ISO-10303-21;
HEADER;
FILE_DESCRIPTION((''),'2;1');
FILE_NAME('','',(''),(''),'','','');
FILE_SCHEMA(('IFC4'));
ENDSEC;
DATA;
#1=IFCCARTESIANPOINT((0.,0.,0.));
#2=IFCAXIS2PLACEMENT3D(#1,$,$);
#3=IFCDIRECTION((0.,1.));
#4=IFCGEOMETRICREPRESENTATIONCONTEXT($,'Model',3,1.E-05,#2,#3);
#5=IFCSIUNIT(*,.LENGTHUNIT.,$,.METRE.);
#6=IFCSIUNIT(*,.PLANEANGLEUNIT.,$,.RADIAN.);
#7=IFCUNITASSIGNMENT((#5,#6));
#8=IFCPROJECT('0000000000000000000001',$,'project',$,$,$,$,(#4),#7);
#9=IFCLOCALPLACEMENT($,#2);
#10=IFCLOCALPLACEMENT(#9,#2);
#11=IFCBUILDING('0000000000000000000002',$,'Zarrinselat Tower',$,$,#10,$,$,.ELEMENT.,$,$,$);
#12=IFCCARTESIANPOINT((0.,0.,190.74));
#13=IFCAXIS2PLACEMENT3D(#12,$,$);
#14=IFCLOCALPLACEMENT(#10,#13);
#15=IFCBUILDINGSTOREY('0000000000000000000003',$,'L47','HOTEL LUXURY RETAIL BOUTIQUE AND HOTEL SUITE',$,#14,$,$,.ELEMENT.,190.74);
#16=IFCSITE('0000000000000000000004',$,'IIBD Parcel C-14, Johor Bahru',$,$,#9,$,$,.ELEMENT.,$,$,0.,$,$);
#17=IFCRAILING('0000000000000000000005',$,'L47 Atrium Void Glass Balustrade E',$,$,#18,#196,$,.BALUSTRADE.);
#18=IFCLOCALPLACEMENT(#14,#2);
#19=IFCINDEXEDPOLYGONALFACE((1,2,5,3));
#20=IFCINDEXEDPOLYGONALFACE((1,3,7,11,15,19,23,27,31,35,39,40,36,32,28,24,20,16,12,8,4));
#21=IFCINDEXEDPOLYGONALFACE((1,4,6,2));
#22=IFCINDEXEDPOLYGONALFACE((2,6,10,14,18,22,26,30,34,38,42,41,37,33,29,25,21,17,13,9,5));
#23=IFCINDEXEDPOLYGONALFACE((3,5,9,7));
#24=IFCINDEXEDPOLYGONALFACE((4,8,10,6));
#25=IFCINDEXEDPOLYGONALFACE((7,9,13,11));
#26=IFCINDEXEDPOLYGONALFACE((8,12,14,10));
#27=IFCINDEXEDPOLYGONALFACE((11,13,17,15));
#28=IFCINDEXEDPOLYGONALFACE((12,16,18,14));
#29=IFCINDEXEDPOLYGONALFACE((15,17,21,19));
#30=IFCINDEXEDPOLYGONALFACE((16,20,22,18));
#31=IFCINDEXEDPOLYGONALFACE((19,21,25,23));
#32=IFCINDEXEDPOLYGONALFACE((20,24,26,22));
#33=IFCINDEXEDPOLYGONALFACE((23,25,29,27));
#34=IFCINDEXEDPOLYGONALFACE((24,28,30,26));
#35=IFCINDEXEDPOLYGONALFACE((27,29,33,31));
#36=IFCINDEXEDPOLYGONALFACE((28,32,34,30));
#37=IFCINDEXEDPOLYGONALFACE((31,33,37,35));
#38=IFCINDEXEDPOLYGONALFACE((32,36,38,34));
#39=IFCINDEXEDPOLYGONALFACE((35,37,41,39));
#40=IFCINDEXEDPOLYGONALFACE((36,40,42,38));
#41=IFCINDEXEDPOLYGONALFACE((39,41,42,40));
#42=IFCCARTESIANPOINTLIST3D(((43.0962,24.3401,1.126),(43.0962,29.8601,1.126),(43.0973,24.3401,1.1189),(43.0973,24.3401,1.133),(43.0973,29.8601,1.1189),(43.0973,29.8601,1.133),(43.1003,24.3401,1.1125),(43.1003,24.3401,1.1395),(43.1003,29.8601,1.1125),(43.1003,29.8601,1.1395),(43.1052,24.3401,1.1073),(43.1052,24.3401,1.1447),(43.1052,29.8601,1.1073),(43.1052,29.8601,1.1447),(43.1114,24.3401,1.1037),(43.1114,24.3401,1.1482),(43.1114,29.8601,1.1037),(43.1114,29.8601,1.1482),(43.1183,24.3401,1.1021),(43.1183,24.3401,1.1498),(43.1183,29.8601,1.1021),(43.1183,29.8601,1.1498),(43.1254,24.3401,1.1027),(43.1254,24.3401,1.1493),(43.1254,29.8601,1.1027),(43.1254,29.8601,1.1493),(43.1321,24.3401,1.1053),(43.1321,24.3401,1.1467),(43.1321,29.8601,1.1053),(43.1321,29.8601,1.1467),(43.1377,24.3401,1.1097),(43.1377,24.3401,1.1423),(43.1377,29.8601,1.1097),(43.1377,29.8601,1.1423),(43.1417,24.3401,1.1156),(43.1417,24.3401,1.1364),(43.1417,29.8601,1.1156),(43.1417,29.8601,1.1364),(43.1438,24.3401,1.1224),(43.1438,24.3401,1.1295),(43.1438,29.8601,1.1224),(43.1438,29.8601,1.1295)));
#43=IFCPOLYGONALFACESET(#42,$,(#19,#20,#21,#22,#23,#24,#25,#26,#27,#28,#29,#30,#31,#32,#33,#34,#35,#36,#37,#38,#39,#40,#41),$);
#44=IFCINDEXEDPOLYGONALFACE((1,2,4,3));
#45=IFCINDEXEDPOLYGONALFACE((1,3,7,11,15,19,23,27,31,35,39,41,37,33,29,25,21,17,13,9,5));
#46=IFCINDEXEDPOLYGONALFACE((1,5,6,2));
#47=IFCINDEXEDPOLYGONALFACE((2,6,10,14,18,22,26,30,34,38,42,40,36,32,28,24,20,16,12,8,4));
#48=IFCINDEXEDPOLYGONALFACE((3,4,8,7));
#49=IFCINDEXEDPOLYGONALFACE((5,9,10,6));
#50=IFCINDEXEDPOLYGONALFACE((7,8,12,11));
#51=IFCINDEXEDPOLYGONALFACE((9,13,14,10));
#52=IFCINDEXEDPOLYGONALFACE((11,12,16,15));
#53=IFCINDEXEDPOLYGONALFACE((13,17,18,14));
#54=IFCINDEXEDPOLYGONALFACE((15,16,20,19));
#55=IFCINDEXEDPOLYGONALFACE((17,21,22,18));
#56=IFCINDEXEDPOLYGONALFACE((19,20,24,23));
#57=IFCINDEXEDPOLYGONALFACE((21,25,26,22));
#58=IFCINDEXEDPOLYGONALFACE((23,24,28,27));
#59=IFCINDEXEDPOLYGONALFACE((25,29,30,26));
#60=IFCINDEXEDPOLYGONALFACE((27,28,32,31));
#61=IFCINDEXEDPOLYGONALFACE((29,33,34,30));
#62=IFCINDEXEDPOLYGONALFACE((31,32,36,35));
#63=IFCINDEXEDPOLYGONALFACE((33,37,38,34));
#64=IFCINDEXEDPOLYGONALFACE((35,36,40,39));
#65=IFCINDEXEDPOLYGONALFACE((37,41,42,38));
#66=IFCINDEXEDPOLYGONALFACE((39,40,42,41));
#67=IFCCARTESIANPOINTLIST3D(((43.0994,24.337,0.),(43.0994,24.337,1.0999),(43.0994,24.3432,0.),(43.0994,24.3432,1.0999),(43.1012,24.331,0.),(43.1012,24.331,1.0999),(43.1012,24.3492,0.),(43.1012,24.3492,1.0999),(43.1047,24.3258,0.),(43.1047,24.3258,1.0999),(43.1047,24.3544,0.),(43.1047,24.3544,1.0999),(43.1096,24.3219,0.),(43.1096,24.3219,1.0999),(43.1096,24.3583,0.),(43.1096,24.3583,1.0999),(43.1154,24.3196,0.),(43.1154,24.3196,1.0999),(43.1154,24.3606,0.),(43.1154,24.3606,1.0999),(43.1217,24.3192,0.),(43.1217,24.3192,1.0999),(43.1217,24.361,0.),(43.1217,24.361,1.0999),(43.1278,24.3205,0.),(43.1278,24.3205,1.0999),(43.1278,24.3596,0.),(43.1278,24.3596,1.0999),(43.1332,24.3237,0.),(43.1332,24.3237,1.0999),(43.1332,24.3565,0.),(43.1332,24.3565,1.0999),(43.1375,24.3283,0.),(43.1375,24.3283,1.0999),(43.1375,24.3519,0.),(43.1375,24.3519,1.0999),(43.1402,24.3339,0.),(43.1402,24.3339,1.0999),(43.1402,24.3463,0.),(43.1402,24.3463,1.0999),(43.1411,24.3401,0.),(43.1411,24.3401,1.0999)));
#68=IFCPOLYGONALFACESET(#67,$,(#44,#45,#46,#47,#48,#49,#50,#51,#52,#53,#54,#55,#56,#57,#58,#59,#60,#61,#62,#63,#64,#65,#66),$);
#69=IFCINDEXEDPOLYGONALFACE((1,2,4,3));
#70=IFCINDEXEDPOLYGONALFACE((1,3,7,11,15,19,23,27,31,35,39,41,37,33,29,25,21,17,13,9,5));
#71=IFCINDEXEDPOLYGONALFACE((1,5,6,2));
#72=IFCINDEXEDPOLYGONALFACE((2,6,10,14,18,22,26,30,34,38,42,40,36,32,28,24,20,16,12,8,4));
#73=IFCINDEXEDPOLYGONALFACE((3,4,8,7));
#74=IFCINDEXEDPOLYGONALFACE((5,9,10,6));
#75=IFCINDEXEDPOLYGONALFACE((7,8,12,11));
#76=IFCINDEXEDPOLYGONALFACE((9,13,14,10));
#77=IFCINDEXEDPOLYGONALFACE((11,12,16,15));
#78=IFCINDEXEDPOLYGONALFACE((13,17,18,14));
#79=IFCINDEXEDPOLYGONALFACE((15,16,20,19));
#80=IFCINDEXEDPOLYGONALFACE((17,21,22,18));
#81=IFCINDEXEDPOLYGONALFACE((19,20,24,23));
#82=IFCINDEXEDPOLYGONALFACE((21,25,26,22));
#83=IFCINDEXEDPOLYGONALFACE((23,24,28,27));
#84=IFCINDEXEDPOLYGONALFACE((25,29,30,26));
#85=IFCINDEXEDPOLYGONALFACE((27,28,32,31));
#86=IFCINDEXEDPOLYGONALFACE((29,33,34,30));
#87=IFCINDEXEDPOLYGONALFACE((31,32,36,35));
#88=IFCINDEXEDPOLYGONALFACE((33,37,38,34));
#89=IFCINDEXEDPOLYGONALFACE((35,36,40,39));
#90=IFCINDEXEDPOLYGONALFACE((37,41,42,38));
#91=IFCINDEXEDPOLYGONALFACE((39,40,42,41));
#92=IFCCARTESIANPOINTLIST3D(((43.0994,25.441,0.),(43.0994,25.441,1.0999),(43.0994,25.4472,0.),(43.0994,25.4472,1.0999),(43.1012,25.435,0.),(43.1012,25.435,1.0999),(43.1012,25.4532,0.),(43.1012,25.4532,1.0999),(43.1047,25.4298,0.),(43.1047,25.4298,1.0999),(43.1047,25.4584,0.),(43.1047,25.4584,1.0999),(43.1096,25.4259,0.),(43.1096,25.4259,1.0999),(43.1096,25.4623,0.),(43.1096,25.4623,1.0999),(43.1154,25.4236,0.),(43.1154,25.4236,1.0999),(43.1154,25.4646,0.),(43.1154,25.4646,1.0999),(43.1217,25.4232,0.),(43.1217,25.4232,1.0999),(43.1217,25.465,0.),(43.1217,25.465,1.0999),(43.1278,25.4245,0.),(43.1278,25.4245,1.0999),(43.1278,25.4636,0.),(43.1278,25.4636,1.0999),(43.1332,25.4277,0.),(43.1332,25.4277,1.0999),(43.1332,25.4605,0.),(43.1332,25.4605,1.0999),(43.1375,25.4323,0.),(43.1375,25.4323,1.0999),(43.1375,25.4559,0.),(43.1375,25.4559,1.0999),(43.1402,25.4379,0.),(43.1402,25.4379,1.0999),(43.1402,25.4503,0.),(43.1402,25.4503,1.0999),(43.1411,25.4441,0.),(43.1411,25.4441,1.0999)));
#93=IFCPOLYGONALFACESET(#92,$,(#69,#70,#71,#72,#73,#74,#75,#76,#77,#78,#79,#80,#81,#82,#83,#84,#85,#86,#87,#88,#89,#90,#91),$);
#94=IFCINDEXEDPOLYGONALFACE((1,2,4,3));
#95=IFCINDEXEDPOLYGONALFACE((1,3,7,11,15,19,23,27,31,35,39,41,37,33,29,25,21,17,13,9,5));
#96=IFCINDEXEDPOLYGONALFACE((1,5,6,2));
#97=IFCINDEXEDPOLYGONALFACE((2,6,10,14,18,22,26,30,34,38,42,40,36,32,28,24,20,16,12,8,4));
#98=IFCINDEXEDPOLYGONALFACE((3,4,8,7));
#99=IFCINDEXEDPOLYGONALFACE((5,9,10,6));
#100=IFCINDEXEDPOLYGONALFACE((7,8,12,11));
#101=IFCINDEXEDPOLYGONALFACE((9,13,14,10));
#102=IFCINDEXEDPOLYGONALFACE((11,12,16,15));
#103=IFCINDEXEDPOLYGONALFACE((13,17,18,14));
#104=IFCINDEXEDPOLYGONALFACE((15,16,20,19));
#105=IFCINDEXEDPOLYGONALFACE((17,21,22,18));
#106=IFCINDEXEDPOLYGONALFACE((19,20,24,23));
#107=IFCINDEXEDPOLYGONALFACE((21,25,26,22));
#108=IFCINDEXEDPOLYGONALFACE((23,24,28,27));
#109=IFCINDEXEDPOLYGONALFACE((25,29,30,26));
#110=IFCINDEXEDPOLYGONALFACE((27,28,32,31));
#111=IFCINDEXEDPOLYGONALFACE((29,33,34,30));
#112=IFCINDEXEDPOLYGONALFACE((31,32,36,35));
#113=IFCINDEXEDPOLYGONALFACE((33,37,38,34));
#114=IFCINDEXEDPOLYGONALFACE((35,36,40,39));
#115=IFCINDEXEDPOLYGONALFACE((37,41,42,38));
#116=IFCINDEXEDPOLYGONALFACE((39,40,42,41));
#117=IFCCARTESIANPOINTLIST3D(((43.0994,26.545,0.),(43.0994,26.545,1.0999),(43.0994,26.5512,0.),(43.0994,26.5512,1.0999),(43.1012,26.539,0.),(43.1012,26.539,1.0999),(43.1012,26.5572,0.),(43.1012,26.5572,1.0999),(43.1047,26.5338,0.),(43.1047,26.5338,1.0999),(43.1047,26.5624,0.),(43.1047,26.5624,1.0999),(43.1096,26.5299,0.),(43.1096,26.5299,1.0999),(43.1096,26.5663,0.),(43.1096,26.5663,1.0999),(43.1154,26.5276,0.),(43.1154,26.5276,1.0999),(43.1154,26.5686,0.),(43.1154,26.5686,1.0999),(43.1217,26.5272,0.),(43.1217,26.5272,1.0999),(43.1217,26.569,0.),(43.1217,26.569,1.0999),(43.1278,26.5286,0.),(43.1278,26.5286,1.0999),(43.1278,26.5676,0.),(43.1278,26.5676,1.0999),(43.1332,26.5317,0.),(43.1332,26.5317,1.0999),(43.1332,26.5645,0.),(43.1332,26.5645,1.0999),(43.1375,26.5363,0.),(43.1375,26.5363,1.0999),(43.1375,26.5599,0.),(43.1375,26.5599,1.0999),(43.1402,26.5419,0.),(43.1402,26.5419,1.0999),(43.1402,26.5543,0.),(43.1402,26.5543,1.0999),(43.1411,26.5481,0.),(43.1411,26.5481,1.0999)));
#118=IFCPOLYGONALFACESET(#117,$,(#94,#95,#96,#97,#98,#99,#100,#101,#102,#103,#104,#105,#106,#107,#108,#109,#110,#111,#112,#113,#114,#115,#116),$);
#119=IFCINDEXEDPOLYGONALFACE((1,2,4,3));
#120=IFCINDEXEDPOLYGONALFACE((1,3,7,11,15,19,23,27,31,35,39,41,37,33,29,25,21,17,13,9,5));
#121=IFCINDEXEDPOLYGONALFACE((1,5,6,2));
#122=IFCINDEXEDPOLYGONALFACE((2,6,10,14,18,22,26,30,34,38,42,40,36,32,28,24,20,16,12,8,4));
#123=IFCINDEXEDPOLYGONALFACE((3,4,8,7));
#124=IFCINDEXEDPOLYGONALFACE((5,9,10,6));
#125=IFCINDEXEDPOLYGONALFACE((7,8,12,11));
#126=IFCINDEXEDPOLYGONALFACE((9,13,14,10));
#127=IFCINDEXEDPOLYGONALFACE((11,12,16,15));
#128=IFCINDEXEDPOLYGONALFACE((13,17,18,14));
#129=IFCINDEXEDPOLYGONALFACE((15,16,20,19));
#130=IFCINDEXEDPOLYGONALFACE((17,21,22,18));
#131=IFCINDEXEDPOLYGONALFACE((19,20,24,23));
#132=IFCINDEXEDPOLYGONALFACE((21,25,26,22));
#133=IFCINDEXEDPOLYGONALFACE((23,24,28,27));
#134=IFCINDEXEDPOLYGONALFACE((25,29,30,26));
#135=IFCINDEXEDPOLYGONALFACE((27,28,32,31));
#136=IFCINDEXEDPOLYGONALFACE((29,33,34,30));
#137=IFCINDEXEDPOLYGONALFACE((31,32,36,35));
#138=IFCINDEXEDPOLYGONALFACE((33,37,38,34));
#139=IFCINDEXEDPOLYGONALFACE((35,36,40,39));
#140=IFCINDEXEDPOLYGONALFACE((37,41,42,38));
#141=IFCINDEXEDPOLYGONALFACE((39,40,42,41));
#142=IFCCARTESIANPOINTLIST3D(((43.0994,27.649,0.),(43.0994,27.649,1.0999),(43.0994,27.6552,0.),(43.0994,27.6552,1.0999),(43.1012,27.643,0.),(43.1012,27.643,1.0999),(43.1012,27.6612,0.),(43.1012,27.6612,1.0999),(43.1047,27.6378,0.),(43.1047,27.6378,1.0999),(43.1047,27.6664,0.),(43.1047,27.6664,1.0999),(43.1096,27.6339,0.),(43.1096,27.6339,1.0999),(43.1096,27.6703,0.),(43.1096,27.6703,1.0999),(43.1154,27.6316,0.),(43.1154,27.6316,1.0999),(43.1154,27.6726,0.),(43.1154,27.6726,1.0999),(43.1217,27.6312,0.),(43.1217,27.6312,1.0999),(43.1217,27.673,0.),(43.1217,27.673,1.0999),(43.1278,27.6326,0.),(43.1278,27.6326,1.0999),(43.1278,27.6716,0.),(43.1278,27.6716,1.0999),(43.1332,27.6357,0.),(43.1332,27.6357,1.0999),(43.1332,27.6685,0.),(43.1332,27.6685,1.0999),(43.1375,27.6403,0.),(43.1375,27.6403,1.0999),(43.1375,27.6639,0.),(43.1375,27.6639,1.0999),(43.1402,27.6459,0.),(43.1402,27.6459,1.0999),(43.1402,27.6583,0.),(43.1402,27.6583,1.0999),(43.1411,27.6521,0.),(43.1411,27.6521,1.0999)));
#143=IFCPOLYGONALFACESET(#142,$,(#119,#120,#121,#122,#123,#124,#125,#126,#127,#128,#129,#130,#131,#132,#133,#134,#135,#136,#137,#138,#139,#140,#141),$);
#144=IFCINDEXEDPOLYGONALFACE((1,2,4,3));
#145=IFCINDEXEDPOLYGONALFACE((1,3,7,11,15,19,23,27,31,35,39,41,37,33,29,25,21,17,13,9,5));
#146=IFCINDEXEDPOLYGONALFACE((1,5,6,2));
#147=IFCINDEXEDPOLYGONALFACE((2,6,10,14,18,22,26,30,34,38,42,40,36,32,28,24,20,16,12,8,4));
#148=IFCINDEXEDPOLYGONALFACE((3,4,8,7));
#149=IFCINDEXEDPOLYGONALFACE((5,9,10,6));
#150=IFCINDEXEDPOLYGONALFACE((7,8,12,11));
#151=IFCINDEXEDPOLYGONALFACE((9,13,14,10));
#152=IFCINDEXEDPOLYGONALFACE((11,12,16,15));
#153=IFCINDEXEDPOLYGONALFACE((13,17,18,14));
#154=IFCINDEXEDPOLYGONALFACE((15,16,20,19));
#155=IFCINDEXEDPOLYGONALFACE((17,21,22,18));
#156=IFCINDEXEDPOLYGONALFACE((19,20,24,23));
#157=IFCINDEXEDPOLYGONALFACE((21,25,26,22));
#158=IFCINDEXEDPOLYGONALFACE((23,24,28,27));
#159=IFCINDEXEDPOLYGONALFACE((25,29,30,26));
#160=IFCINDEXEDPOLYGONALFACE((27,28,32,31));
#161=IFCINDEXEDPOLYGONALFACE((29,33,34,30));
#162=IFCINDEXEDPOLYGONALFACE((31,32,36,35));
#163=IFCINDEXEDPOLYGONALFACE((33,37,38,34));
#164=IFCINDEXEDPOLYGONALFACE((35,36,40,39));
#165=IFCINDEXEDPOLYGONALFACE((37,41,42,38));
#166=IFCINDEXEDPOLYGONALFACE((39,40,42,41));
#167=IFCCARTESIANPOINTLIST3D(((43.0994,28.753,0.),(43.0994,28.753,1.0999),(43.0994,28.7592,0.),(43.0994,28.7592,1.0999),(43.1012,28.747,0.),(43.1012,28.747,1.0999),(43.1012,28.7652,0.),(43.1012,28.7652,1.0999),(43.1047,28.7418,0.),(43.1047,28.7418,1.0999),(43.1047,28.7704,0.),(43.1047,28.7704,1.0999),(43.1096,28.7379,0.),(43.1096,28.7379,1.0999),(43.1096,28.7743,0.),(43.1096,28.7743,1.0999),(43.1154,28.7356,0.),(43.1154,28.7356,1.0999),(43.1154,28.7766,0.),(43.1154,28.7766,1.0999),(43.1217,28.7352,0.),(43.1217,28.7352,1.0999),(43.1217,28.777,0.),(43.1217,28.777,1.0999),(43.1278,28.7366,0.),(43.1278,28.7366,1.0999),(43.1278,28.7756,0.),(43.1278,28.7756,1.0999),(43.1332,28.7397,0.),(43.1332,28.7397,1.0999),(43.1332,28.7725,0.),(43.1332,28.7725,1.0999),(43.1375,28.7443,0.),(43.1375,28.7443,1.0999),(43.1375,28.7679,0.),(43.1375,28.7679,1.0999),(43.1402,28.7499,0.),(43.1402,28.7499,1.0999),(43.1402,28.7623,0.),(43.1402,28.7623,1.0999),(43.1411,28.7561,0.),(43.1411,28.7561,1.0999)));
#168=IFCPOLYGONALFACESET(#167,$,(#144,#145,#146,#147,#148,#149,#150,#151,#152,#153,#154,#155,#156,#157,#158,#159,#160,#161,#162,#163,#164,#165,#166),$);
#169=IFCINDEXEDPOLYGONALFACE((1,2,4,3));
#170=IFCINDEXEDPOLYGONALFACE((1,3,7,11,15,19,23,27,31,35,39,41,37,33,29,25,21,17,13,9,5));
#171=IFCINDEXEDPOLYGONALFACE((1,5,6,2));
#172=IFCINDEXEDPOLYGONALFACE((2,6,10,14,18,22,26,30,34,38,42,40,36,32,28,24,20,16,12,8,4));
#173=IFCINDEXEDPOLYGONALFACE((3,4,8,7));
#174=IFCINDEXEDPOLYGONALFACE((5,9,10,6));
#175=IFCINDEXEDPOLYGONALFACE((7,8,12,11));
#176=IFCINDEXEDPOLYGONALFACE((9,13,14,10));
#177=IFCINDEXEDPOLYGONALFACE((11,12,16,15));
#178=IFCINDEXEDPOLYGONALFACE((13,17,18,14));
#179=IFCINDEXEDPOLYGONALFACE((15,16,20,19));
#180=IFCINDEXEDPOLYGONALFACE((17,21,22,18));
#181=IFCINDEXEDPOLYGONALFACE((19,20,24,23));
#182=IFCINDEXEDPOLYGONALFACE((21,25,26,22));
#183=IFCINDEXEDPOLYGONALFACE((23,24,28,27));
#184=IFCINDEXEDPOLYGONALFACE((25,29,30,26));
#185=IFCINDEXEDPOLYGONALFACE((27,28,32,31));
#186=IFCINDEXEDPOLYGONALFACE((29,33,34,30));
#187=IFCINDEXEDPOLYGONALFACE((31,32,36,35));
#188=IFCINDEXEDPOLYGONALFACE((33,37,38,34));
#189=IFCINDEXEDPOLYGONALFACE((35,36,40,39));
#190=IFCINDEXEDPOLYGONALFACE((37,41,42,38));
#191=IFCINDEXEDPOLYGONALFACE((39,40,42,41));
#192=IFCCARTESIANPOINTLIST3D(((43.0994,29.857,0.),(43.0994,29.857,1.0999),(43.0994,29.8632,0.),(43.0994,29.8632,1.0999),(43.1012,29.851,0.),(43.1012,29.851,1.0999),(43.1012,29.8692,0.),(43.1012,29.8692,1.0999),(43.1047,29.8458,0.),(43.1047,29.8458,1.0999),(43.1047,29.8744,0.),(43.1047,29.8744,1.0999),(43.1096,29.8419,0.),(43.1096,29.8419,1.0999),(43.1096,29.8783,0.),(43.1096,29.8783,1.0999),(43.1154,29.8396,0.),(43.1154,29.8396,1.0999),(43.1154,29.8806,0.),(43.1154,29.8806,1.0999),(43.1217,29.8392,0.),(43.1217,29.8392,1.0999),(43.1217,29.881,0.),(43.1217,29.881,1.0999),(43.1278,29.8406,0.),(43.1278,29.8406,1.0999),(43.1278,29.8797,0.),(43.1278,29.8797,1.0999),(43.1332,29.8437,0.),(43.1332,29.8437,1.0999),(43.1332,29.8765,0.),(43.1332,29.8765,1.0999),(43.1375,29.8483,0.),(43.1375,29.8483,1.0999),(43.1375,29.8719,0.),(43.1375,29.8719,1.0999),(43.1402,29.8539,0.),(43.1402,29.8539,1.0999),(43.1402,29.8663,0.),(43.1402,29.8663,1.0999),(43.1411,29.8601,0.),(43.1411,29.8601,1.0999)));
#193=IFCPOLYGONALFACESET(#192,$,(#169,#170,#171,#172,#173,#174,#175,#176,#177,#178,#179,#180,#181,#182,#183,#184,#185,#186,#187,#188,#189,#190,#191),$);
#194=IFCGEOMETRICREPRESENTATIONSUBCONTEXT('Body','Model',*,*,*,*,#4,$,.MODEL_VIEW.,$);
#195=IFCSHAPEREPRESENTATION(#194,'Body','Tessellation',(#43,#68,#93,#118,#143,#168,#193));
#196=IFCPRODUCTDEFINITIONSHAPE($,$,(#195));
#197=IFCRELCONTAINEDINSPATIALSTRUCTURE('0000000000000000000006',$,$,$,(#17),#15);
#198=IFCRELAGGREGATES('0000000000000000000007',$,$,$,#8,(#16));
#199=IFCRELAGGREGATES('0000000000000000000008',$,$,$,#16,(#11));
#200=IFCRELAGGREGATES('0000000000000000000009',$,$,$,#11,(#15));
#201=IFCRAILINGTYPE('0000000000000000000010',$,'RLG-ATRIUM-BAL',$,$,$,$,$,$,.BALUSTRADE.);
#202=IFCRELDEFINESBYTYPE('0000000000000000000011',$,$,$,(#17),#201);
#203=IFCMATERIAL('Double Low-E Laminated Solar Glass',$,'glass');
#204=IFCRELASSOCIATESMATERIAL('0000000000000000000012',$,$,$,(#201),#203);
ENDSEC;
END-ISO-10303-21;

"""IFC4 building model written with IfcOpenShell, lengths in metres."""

from ifc_helpers import new_model, si_unit, direction, frame, origin, origin_2d, place, context, subcontext, project, spatial, circle, extrude, material, type_object, element, save


model = new_model("IFC4")

# Units and contexts
model_context = context("Model", 3, precision=1e-05, world=origin(), true_north=direction((0.0, 1.0)))
body_context = subcontext(model_context, "Body", "Model", "MODEL_VIEW")
ifc_project = project(units=[si_unit("LENGTHUNIT", "METRE"), si_unit("PLANEANGLEUNIT", "RADIAN")], contexts=[model_context])

# Site, building, storey
site_placement = place(None, origin())
site = spatial("IfcSite", under=ifc_project, at=site_placement, Name="IIBD Parcel C-14, Johor Bahru", CompositionType="ELEMENT", RefElevation=0.0)
building_placement = place(site_placement, origin())
building = spatial("IfcBuilding", under=site, at=building_placement, Name="Zarrinselat Tower", CompositionType="ELEMENT")
storey_placement = place(building_placement, frame((0.0, 0.0, 190.74)))
storey = spatial("IfcBuildingStorey", under=building, at=storey_placement, Name="L47", Description="HOTEL LUXURY RETAIL BOUTIQUE AND HOTEL SUITE", CompositionType="ELEMENT", Elevation=190.74)

# Railing
ifc_material_1 = material(Name="Double Low-E Laminated Solar Glass", Category="glass")
railing_type_1 = type_object("IfcRailingType", Name="RLG-ATRIUM-BAL", PredefinedType="BALUSTRADE", material=ifc_material_1)
railing_1_placement = place(storey_placement, frame((43.1201, 24.3401, 0.0)))
element("IfcRailing", 1, at=railing_1_placement, inside=storey, type_object=railing_type_1, Name="L47 Atrium Void Glass Balustrade E", PredefinedType="BALUSTRADE", context=body_context, shape_type="SweptSolid", body=[
    extrude(circle(Radius=0.0239, at=origin_2d()), frame((0.0, 0.0, 1.126), z_axis=(0.0, 1.0, 0.0), x_axis=(-1.0, 0.0, 0.0)), (0.0, 0.0, 1.0), 5.52),
    extrude(circle(Radius=0.021, at=origin_2d()), origin(), (0.0, 0.0, 1.0), 1.0999),
    extrude(circle(Radius=0.021, at=origin_2d()), frame((0.0, 1.104, 0.0)), (0.0, 0.0, 1.0), 1.0999),
    extrude(circle(Radius=0.021, at=origin_2d()), frame((0.0, 2.208, 0.0)), (0.0, 0.0, 1.0), 1.0999),
    extrude(circle(Radius=0.021, at=origin_2d()), frame((0.0, 3.312, 0.0)), (0.0, 0.0, 1.0), 1.0999),
    extrude(circle(Radius=0.021, at=origin_2d()), frame((0.0, 4.416, 0.0)), (0.0, 0.0, 1.0), 1.0999),
    extrude(circle(Radius=0.021, at=origin_2d()), frame((0.0, 5.52, 0.0)), (0.0, 0.0, 1.0), 1.0999),
])

save(model, "model.ifc")
